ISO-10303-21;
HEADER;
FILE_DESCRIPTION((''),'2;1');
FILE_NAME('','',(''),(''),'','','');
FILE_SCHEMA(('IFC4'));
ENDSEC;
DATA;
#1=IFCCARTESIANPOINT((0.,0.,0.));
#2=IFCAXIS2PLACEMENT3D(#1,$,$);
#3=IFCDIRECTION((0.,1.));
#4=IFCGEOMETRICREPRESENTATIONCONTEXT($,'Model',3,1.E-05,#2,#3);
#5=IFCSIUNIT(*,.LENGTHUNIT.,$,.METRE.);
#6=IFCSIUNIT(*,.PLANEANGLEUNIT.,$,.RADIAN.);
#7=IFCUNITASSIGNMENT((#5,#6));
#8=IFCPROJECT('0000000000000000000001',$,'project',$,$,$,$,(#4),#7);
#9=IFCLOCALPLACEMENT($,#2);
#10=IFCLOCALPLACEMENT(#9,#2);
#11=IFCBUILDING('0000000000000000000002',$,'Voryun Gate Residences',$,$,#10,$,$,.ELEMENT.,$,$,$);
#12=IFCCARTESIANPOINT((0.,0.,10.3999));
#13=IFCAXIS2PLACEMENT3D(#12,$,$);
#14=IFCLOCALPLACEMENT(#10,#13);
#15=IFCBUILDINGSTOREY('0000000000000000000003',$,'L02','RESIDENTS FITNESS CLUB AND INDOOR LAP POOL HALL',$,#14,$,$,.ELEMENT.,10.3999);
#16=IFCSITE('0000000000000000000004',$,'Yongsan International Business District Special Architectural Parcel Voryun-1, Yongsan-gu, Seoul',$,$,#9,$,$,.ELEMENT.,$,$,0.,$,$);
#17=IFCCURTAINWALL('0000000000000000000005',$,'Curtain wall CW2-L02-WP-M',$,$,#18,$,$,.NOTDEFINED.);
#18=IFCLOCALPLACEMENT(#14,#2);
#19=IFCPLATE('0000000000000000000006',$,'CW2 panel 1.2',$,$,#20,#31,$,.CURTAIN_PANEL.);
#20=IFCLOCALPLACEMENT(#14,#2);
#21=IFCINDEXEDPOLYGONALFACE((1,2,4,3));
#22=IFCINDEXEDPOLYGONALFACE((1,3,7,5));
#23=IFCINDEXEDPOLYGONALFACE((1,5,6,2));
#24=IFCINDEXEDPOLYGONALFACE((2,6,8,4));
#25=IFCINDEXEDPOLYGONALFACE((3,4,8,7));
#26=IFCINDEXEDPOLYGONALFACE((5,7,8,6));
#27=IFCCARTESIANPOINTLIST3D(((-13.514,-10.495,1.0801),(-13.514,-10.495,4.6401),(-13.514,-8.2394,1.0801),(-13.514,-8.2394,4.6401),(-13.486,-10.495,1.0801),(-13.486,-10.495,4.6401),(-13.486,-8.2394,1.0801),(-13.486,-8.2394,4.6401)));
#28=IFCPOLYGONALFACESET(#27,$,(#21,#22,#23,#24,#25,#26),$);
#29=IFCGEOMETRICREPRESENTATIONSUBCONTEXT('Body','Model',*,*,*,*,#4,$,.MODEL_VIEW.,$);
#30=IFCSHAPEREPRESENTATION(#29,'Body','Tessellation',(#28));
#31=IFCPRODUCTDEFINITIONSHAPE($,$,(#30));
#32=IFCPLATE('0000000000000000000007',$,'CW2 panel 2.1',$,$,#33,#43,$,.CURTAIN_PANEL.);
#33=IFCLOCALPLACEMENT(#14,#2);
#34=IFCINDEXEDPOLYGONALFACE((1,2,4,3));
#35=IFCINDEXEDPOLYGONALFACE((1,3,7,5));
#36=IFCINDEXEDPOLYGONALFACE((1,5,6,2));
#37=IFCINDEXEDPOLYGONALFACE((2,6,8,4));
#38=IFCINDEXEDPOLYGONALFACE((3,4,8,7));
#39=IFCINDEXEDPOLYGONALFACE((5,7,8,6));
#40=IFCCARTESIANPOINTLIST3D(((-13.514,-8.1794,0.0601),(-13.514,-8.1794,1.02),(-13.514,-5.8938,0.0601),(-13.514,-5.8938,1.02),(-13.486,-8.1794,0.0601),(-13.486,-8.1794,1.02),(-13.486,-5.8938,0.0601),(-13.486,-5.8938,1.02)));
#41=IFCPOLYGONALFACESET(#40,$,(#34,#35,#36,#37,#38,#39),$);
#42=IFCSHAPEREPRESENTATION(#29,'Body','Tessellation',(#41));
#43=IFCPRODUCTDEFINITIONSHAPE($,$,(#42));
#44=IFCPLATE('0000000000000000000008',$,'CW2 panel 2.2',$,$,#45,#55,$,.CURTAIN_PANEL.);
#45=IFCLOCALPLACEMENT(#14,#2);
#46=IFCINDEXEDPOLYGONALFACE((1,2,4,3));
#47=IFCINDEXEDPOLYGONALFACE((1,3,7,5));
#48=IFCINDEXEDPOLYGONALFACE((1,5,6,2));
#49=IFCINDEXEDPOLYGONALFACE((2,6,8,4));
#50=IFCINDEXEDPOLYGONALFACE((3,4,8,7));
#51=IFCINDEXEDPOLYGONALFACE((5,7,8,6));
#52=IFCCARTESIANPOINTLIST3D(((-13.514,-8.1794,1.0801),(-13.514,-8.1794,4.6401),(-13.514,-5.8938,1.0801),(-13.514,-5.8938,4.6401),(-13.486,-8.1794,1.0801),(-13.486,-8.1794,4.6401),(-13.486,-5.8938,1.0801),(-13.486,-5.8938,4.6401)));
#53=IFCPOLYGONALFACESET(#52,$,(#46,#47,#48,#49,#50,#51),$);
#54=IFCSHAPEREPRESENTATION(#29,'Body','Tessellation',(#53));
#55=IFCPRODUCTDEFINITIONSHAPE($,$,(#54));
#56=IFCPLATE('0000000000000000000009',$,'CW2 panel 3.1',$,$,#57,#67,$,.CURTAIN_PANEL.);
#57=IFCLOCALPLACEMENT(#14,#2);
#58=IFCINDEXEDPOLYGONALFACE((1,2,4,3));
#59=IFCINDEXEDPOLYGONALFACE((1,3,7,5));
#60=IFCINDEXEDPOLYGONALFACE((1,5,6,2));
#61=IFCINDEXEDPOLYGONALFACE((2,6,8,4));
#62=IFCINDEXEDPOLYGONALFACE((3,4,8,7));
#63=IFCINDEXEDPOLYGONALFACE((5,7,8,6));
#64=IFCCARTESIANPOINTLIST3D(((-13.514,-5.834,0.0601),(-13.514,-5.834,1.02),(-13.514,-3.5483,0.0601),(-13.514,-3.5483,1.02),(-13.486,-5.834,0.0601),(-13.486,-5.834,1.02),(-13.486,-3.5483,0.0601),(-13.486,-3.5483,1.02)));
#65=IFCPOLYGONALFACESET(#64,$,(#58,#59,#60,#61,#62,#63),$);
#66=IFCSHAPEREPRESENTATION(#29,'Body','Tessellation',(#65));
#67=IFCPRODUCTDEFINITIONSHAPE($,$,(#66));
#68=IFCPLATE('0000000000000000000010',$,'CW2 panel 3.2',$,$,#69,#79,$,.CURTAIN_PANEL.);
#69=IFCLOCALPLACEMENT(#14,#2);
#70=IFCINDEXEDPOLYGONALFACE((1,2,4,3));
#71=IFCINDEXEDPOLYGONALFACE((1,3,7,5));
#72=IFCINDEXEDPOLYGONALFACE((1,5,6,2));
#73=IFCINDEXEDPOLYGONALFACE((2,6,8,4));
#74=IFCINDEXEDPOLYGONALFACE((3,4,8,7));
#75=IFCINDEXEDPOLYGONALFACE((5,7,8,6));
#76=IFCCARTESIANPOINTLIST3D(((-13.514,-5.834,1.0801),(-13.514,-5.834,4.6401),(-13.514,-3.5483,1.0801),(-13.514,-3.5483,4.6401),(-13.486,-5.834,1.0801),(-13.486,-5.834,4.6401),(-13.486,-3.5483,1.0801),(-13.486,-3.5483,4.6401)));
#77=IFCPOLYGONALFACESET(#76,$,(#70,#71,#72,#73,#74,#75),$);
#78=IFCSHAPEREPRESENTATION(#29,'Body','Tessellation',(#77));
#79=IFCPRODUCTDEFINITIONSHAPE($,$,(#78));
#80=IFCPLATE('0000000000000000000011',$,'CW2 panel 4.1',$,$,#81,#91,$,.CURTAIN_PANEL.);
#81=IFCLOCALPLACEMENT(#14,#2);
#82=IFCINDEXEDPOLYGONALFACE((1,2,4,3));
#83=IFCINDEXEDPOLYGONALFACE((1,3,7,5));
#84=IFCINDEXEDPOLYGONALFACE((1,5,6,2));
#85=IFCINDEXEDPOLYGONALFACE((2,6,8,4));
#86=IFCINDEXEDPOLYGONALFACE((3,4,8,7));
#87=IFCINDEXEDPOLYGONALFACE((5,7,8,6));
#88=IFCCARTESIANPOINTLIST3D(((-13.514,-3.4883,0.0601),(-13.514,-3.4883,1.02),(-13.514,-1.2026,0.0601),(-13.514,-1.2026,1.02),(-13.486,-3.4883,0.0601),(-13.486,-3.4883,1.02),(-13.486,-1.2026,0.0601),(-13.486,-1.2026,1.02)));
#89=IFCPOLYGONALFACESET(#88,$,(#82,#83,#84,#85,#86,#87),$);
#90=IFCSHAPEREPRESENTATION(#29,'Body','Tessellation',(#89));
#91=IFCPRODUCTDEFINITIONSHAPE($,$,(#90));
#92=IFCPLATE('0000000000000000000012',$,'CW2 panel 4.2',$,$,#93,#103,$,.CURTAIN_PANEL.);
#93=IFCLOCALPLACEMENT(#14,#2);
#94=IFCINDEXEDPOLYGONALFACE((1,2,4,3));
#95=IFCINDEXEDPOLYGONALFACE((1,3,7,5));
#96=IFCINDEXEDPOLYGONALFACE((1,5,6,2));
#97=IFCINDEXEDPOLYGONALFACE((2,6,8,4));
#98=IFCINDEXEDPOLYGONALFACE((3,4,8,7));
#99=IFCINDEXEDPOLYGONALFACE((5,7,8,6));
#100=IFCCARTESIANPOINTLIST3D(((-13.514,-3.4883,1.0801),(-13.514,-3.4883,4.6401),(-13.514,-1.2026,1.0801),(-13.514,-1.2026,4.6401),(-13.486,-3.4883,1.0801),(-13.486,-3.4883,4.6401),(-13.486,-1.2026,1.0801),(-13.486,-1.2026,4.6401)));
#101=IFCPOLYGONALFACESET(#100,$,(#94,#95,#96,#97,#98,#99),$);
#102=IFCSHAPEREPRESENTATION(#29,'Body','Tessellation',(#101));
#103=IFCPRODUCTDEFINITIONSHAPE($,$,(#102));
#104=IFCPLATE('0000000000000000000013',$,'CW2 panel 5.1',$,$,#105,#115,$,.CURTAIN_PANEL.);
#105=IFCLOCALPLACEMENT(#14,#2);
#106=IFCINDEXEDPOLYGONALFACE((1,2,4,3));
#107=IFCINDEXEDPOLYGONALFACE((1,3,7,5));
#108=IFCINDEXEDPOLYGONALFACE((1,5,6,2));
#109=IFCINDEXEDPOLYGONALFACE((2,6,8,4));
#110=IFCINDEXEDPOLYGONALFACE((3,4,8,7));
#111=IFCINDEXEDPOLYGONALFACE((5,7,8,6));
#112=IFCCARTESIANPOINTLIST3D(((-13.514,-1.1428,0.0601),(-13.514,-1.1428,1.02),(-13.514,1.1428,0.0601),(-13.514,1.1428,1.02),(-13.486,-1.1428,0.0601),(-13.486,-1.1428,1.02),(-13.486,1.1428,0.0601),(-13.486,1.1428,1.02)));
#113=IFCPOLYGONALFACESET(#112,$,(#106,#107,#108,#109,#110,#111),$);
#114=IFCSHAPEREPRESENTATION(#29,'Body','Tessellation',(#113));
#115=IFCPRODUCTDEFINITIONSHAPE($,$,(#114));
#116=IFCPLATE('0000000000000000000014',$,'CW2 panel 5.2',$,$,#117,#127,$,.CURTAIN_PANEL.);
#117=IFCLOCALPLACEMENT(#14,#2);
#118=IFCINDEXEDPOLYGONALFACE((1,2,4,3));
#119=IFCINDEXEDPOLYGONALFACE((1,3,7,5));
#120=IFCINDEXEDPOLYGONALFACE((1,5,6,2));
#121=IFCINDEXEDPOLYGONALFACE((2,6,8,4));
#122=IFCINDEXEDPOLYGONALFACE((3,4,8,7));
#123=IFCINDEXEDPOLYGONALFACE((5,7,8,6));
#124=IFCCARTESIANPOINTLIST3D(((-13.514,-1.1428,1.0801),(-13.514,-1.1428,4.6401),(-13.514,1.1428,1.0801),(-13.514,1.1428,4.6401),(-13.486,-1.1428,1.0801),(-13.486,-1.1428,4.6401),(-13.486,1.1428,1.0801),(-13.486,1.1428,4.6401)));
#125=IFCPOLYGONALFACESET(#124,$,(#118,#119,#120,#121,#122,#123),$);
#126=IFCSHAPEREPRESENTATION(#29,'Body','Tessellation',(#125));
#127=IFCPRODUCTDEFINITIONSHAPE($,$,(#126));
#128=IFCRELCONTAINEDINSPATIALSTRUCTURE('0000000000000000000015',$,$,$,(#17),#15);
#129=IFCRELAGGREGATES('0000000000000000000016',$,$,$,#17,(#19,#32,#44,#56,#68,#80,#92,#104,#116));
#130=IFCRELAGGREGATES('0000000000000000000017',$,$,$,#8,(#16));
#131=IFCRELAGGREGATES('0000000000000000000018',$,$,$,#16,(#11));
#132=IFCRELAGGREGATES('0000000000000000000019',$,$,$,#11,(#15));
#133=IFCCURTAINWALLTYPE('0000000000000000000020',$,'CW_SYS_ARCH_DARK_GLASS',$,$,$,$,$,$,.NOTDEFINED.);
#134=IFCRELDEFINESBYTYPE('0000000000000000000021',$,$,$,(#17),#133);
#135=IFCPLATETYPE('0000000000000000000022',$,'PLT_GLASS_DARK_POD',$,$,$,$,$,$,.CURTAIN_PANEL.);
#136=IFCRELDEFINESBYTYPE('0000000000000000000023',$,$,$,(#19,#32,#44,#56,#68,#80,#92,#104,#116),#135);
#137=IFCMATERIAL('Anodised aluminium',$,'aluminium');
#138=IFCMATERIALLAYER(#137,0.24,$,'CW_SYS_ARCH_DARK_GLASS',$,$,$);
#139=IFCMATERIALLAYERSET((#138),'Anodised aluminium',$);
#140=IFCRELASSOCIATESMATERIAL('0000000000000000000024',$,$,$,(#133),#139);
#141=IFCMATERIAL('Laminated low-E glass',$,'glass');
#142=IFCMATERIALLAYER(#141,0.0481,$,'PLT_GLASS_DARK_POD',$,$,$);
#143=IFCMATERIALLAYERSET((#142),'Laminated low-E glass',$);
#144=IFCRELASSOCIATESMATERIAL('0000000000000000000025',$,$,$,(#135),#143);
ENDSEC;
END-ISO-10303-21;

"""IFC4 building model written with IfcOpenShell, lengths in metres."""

from ifc_helpers import new_model, si_unit, direction, frame, origin, origin_2d, place, context, subcontext, project, spatial, rectangle, extrude, material, layer, layer_set, type_object, element, aggregate, save


model = new_model("IFC4")

# Units and contexts
model_context = context("Model", 3, precision=1e-05, world=origin(), true_north=direction((0.0, 1.0)))
body_context = subcontext(model_context, "Body", "Model", "MODEL_VIEW")
ifc_project = project(units=[si_unit("LENGTHUNIT", "METRE"), si_unit("PLANEANGLEUNIT", "RADIAN")], contexts=[model_context])

# Site, building, storey
site_placement = place(None, origin())
site = spatial("IfcSite", under=ifc_project, at=site_placement, Name="Yongsan International Business District Special Architectural Parcel Voryun-1, Yongsan-gu, Seoul", CompositionType="ELEMENT", RefElevation=0.0)
building_placement = place(site_placement, origin())
building = spatial("IfcBuilding", under=site, at=building_placement, Name="Voryun Gate Residences", CompositionType="ELEMENT")
storey_placement = place(building_placement, frame((0.0, 0.0, 10.3999)))
storey = spatial("IfcBuildingStorey", under=building, at=storey_placement, Name="L02", Description="RESIDENTS FITNESS CLUB AND INDOOR LAP POOL HALL", CompositionType="ELEMENT", Elevation=10.3999)

# Curtain wall, plates
ifc_material_1 = material(Name="Anodised aluminium", Category="aluminium")
ifc_layer_1 = layer(ifc_material_1, 0.24, Name="CW_SYS_ARCH_DARK_GLASS")
ifc_layer_set_1 = layer_set([ifc_layer_1], Name="Anodised aluminium")
curtain_wall_type = type_object("IfcCurtainWallType", Name="CW_SYS_ARCH_DARK_GLASS", PredefinedType="NOTDEFINED", material=ifc_layer_set_1)
curtain_wall_placement = place(storey_placement, origin())
curtain_wall = element("IfcCurtainWall", 1, at=curtain_wall_placement, inside=storey, type_object=curtain_wall_type, Name="Curtain wall CW2-L02-WP-M", PredefinedType="NOTDEFINED")
ifc_material_2 = material(Name="Laminated low-E glass", Category="glass")
ifc_layer_2 = layer(ifc_material_2, 0.0481, Name="PLT_GLASS_DARK_POD")
ifc_layer_set_2 = layer_set([ifc_layer_2], Name="Laminated low-E glass")
plate_type = type_object("IfcPlateType", Name="PLT_GLASS_DARK_POD", PredefinedType="CURTAIN_PANEL", material=ifc_layer_set_2)
plate_1_placement = place(storey_placement, frame((-13.5, -9.3672, 1.0801), z_axis=(0.0, 0.0, 1.0), x_axis=(0.0, 1.0, 0.0)))
plate_1 = element("IfcPlate", 2, at=plate_1_placement, type_object=plate_type, Name="CW2 panel 1.2", PredefinedType="CURTAIN_PANEL", context=body_context, shape_type="SweptSolid", body=[
    extrude(rectangle(XDim=2.2556, YDim=0.0281, at=origin_2d()), origin(), (0.0, 0.0, 1.0), 3.5601),
])
plate_2_placement = place(storey_placement, frame((-13.5, -7.0366, 0.0601), z_axis=(0.0, 0.0, 1.0), x_axis=(0.0, 1.0, 0.0)))
plate_2 = element("IfcPlate", 3, at=plate_2_placement, type_object=plate_type, Name="CW2 panel 2.1", PredefinedType="CURTAIN_PANEL", context=body_context, shape_type="SweptSolid", body=[
    extrude(rectangle(XDim=2.2856, YDim=0.0281, at=origin_2d()), origin(), (0.0, 0.0, 1.0), 0.96),
])
plate_3_placement = place(storey_placement, frame((-13.5, -7.0366, 1.0801), z_axis=(0.0, 0.0, 1.0), x_axis=(0.0, 1.0, 0.0)))
plate_3 = element("IfcPlate", 4, at=plate_3_placement, type_object=plate_type, Name="CW2 panel 2.2", PredefinedType="CURTAIN_PANEL", context=body_context, shape_type="SweptSolid", body=[
    extrude(rectangle(XDim=2.2856, YDim=0.0281, at=origin_2d()), origin(), (0.0, 0.0, 1.0), 3.5601),
])
plate_4_placement = place(storey_placement, frame((-13.5, -4.6912, 0.0601), z_axis=(0.0, 0.0, 1.0), x_axis=(0.0, 1.0, 0.0)))
plate_4 = element("IfcPlate", 5, at=plate_4_placement, type_object=plate_type, Name="CW2 panel 3.1", PredefinedType="CURTAIN_PANEL", context=body_context, shape_type="SweptSolid", body=[
    extrude(rectangle(XDim=2.2856, YDim=0.0281, at=origin_2d()), origin(), (0.0, 0.0, 1.0), 0.96),
])
plate_5_placement = place(storey_placement, frame((-13.5, -4.6912, 1.0801), z_axis=(0.0, 0.0, 1.0), x_axis=(0.0, 1.0, 0.0)))
plate_5 = element("IfcPlate", 6, at=plate_5_placement, type_object=plate_type, Name="CW2 panel 3.2", PredefinedType="CURTAIN_PANEL", context=body_context, shape_type="SweptSolid", body=[
    extrude(rectangle(XDim=2.2856, YDim=0.0281, at=origin_2d()), origin(), (0.0, 0.0, 1.0), 3.5601),
])
plate_6_placement = place(storey_placement, frame((-13.5, -2.3455, 0.0601), z_axis=(0.0, 0.0, 1.0), x_axis=(0.0, 1.0, 0.0)))
plate_6 = element("IfcPlate", 7, at=plate_6_placement, type_object=plate_type, Name="CW2 panel 4.1", PredefinedType="CURTAIN_PANEL", context=body_context, shape_type="SweptSolid", body=[
    extrude(rectangle(XDim=2.2856, YDim=0.0281, at=origin_2d()), origin(), (0.0, 0.0, 1.0), 0.96),
])
plate_7_placement = place(storey_placement, frame((-13.5, -2.3455, 1.0801), z_axis=(0.0, 0.0, 1.0), x_axis=(0.0, 1.0, 0.0)))
plate_7 = element("IfcPlate", 8, at=plate_7_placement, type_object=plate_type, Name="CW2 panel 4.2", PredefinedType="CURTAIN_PANEL", context=body_context, shape_type="SweptSolid", body=[
    extrude(rectangle(XDim=2.2856, YDim=0.0281, at=origin_2d()), origin(), (0.0, 0.0, 1.0), 3.5601),
])
plate_8_placement = place(storey_placement, frame((-13.5, 0.0, 0.0601), z_axis=(0.0, 0.0, 1.0), x_axis=(0.0, 1.0, 0.0)))
plate_8 = element("IfcPlate", 9, at=plate_8_placement, type_object=plate_type, Name="CW2 panel 5.1", PredefinedType="CURTAIN_PANEL", context=body_context, shape_type="SweptSolid", body=[
    extrude(rectangle(XDim=2.2856, YDim=0.0281, at=origin_2d()), origin(), (0.0, 0.0, 1.0), 0.96),
])
plate_9_placement = place(storey_placement, frame((-13.5, 0.0, 1.0801), z_axis=(0.0, 0.0, 1.0), x_axis=(0.0, 1.0, 0.0)))
plate_9 = element("IfcPlate", 10, at=plate_9_placement, type_object=plate_type, Name="CW2 panel 5.2", PredefinedType="CURTAIN_PANEL", context=body_context, shape_type="SweptSolid", body=[
    extrude(rectangle(XDim=2.2856, YDim=0.0281, at=origin_2d()), origin(), (0.0, 0.0, 1.0), 3.5601),
])
aggregate(curtain_wall, [plate_1, plate_2, plate_3, plate_4, plate_5, plate_6, plate_7, plate_8, plate_9])

save(model, "model.ifc")
